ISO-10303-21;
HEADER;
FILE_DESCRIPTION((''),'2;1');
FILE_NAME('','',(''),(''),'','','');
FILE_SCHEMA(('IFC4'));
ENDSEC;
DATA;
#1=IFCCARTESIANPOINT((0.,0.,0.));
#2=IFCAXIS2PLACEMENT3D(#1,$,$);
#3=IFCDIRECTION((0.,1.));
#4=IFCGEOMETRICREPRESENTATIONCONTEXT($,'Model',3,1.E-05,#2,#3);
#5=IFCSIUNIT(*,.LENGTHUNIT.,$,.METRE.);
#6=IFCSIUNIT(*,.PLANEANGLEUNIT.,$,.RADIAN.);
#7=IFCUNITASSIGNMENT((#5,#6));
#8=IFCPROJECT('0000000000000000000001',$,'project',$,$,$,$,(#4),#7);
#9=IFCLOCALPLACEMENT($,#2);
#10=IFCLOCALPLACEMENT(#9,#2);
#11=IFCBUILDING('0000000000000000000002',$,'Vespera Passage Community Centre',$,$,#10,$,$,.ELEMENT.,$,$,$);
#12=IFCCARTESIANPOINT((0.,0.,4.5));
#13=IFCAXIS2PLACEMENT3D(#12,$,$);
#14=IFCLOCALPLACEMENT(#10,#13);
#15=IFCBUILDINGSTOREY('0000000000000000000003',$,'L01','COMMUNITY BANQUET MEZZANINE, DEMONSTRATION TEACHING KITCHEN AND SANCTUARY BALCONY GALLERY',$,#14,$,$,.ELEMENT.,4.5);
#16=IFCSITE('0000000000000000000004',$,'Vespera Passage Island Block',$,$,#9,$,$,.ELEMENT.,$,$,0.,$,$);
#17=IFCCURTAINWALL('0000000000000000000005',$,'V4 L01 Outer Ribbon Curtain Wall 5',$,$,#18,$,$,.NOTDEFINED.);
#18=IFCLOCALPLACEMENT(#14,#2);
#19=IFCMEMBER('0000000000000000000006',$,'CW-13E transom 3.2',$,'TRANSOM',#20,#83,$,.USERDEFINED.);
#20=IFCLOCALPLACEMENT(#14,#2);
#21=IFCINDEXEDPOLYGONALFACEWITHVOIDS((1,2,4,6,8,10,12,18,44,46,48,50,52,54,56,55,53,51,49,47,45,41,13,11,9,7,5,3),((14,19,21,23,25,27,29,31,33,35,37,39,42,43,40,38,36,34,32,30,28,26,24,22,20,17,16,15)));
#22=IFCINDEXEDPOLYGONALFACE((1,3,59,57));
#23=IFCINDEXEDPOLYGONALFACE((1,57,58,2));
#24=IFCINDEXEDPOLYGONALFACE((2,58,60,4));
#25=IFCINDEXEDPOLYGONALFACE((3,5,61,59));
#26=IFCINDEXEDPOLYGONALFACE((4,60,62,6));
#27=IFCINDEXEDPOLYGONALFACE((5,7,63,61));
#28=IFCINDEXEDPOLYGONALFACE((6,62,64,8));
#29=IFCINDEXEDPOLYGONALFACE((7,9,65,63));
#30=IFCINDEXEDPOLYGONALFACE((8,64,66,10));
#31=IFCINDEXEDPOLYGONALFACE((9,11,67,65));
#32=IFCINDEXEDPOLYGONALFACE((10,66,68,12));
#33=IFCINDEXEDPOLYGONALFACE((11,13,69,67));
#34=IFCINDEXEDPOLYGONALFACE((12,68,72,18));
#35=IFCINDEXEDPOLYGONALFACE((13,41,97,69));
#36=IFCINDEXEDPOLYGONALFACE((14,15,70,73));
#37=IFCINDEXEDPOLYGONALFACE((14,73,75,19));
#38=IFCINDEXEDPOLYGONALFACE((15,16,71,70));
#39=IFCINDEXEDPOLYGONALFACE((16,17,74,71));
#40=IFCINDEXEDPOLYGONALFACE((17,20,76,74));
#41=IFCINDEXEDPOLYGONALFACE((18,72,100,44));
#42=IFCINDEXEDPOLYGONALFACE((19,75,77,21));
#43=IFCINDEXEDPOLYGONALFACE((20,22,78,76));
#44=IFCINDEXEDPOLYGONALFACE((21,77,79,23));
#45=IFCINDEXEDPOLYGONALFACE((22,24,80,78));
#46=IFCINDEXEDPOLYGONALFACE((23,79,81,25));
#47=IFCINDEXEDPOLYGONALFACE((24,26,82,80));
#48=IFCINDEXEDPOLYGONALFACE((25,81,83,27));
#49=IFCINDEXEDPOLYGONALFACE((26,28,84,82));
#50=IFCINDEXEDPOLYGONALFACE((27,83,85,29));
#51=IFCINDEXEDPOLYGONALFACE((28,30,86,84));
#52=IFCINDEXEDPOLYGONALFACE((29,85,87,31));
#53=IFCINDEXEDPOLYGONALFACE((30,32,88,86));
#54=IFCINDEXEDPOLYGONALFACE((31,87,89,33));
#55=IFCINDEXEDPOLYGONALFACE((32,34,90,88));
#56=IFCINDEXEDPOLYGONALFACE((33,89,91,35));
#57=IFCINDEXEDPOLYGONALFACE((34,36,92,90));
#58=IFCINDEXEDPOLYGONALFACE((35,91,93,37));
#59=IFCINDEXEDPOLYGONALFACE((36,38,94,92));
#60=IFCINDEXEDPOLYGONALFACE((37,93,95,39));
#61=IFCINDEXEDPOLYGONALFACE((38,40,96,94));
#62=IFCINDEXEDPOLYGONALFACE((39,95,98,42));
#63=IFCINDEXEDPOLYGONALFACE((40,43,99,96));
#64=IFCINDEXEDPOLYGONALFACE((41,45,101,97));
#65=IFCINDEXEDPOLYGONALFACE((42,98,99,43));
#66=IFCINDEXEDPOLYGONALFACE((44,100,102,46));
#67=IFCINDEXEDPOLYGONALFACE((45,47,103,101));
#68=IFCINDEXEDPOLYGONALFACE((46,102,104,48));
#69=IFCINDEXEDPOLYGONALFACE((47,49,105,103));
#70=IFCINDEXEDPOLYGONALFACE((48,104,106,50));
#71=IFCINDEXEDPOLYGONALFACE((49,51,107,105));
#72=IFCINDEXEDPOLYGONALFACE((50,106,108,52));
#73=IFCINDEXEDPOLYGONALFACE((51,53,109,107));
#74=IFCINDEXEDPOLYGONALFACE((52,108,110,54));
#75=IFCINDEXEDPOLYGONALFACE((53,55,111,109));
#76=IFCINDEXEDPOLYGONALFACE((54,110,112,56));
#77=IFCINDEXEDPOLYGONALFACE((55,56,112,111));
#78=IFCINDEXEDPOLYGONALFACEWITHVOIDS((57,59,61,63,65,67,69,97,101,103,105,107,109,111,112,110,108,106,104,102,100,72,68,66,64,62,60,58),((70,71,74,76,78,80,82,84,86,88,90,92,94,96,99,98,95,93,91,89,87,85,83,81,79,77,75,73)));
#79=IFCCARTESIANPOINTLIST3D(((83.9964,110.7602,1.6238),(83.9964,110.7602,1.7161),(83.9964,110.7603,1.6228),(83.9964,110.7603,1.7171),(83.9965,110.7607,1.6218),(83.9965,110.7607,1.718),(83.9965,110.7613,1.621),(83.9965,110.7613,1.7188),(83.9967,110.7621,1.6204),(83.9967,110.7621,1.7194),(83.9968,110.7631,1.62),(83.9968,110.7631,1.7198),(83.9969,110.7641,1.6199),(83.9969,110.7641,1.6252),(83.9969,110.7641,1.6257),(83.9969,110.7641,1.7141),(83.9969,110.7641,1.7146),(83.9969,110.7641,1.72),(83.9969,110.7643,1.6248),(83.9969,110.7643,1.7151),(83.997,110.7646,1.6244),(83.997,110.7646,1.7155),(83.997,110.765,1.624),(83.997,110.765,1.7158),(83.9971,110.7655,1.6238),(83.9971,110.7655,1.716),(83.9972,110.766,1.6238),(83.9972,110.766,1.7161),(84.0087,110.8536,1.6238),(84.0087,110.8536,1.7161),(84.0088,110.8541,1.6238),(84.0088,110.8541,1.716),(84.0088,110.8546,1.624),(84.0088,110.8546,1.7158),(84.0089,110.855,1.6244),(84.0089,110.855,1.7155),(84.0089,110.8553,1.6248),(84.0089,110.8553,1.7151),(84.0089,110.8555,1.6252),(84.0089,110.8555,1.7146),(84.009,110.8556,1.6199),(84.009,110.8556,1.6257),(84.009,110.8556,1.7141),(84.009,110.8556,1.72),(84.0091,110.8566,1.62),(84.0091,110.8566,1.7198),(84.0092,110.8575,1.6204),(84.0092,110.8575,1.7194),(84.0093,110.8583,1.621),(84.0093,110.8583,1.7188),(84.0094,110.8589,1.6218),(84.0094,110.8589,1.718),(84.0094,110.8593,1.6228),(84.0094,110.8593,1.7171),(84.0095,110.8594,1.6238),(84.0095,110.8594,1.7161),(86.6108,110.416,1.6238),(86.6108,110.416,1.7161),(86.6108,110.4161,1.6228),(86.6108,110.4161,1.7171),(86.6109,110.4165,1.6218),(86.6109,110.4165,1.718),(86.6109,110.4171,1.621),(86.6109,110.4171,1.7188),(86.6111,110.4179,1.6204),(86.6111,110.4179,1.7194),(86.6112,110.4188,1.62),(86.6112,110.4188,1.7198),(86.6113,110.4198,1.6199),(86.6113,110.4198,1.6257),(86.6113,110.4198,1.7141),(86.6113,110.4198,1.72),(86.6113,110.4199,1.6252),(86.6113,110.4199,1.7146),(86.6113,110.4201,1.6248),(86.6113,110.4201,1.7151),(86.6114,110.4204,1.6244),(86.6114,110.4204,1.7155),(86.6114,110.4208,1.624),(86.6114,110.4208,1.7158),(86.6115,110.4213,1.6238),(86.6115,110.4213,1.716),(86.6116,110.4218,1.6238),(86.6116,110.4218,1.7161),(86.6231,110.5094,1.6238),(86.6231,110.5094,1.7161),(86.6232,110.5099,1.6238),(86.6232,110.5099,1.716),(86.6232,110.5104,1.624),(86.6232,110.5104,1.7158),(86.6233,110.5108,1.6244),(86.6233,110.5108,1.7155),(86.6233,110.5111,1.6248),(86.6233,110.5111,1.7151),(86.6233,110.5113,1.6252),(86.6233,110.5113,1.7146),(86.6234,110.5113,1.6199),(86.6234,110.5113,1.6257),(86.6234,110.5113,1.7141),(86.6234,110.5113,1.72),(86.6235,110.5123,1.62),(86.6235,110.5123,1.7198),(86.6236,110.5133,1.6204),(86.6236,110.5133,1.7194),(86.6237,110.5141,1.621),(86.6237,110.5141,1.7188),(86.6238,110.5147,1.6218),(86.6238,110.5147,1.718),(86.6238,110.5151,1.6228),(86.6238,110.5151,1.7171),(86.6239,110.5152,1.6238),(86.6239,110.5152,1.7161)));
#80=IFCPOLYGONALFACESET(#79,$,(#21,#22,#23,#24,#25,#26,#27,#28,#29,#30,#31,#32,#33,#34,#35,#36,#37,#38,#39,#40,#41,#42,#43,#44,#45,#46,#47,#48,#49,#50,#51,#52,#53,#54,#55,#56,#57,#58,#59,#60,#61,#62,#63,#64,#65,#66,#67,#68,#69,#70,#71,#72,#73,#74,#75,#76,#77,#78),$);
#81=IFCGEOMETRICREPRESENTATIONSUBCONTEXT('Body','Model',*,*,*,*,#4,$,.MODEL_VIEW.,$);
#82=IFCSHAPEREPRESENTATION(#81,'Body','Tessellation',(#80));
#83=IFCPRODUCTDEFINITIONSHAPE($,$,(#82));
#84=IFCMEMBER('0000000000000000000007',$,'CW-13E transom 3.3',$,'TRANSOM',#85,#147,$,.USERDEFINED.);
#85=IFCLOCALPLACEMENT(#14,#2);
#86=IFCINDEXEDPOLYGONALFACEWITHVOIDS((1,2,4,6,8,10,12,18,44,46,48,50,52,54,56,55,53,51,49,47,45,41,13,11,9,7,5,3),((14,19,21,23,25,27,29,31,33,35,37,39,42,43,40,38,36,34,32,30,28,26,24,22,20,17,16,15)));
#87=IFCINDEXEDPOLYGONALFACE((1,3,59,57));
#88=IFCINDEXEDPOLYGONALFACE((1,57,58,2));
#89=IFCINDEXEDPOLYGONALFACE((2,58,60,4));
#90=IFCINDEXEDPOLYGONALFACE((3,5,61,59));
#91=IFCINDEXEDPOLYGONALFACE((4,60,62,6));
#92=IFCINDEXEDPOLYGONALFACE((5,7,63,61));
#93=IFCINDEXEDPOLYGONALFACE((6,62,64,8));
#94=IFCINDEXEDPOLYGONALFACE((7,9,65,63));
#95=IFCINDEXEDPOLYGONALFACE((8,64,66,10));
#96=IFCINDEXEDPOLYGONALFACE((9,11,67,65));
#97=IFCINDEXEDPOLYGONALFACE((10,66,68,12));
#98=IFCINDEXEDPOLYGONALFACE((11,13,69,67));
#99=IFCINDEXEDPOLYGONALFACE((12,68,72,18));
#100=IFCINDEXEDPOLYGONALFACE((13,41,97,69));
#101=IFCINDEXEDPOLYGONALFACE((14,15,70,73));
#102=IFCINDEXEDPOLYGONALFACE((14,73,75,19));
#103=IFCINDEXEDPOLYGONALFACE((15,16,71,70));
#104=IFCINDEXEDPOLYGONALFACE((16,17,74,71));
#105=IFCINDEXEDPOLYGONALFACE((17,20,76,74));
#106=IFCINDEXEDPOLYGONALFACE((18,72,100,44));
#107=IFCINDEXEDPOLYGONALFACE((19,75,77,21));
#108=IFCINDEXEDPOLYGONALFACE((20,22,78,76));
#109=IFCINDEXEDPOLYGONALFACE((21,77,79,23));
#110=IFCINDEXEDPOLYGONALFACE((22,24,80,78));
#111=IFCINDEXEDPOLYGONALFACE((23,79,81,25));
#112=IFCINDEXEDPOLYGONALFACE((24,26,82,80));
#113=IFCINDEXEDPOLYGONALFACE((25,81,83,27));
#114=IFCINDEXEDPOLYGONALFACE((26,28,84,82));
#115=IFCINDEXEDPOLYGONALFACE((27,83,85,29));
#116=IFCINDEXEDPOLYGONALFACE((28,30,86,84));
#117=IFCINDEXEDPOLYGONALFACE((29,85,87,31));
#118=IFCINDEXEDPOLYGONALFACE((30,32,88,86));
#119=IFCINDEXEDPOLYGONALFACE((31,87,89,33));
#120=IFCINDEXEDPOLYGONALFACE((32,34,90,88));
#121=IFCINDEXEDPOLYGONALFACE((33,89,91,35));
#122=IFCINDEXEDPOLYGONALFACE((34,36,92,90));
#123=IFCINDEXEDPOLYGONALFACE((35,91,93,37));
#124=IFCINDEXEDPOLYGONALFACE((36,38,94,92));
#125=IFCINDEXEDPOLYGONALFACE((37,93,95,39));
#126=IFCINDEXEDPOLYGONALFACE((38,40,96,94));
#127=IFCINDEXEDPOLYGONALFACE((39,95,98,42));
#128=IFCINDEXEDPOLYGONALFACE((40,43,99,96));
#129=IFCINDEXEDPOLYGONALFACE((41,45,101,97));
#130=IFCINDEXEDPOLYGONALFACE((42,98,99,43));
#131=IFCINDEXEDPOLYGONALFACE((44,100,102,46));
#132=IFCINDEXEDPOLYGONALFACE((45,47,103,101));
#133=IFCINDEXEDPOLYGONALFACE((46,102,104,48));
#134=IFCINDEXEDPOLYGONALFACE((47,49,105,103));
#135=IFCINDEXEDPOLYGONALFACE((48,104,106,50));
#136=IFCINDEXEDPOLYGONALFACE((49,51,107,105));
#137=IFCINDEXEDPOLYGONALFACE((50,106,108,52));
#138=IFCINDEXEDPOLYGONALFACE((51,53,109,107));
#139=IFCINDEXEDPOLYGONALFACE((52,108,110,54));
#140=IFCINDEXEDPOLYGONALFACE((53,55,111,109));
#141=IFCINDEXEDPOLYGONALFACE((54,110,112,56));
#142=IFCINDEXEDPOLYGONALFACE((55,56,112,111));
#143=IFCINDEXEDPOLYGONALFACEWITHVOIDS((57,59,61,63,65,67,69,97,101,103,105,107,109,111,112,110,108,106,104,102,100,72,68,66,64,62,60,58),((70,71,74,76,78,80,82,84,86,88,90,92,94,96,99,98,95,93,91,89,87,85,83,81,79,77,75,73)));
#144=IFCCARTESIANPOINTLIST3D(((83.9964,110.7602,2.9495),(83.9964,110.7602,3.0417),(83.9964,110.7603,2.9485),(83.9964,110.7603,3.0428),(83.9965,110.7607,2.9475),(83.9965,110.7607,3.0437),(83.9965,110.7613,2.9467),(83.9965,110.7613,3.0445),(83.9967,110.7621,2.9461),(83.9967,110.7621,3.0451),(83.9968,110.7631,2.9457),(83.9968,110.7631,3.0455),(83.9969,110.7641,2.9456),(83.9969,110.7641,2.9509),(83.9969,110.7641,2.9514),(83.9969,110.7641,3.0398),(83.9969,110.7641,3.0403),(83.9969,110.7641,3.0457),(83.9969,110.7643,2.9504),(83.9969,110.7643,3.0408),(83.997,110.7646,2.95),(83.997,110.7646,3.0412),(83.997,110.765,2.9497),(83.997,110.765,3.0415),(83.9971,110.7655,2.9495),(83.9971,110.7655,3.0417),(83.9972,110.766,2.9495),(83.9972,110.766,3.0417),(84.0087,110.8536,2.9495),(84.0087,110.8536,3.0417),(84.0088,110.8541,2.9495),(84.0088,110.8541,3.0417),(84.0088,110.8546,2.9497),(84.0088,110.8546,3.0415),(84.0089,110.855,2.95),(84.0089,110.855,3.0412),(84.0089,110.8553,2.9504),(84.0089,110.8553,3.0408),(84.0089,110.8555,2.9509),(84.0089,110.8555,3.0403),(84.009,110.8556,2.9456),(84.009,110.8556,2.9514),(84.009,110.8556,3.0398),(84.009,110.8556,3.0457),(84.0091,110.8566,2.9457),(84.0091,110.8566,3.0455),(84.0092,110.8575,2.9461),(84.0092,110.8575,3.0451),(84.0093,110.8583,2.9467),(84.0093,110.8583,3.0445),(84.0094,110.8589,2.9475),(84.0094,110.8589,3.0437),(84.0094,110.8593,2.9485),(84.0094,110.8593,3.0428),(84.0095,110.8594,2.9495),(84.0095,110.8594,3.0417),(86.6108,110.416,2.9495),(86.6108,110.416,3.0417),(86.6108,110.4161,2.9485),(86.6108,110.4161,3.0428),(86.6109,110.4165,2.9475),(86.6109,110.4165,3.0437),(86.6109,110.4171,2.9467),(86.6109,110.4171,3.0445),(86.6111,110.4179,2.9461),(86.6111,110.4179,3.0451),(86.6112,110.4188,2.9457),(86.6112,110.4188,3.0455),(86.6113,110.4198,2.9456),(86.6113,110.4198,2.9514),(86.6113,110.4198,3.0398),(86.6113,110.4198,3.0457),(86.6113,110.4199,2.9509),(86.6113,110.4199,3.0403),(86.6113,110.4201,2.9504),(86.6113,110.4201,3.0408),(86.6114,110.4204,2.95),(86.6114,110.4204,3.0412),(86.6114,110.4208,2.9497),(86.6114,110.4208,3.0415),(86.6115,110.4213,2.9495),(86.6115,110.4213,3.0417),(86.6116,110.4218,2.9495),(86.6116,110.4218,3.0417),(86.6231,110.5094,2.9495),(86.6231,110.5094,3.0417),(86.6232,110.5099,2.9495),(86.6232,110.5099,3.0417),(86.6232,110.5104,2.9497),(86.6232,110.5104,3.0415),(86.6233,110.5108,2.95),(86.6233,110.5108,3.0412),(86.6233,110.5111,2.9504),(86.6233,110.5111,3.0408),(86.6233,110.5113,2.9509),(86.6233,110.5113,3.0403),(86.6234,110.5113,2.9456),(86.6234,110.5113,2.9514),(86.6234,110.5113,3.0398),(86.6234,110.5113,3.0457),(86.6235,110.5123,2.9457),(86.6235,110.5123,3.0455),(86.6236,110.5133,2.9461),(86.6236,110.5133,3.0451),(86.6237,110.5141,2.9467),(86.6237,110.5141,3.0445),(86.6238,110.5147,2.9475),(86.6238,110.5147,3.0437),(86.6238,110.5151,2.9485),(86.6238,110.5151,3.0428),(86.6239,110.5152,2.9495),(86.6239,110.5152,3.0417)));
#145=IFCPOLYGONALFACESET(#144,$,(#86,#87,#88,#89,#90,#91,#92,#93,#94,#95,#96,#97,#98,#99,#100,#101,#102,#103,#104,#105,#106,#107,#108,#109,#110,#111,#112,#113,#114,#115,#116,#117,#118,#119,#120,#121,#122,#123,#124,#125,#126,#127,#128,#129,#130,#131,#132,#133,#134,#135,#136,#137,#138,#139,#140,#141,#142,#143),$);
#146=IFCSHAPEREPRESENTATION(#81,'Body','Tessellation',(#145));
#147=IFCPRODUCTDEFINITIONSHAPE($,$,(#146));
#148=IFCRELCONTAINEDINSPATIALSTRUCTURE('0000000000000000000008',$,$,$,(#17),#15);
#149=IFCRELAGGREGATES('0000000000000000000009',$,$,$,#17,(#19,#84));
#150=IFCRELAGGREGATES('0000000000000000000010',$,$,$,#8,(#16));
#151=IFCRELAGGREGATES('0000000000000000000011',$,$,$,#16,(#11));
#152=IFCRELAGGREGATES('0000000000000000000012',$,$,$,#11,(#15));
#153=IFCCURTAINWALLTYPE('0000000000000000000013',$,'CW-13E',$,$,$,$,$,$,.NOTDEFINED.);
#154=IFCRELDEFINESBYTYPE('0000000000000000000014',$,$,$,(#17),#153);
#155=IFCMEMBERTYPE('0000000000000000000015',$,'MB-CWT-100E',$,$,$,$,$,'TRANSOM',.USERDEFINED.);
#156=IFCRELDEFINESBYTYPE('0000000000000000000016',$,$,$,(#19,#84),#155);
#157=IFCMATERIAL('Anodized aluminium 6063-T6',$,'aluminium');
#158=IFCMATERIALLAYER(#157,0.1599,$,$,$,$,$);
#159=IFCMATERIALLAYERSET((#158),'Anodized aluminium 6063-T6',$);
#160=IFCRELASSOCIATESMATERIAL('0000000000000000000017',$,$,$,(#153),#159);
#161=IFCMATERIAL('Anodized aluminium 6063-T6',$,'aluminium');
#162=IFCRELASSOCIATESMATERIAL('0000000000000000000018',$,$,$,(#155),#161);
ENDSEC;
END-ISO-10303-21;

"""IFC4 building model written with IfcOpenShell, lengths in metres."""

from ifc_helpers import new_model, si_unit, direction, frame, origin, origin_2d, place, context, subcontext, project, spatial, hollow_rectangle, extrude, material, layer, layer_set, material_profile, profile_set, type_object, element, aggregate, save


model = new_model("IFC4")

# Units and contexts
model_context = context("Model", 3, precision=1e-05, world=origin(), true_north=direction((0.0, 1.0)))
body_context = subcontext(model_context, "Body", "Model", "MODEL_VIEW")
ifc_project = project(units=[si_unit("LENGTHUNIT", "METRE"), si_unit("PLANEANGLEUNIT", "RADIAN")], contexts=[model_context])

# Site, building, storey
site_placement = place(None, origin())
site = spatial("IfcSite", under=ifc_project, at=site_placement, Name="Vespera Passage Island Block", CompositionType="ELEMENT", RefElevation=0.0)
building_placement = place(site_placement, origin())
building = spatial("IfcBuilding", under=site, at=building_placement, Name="Vespera Passage Community Centre", CompositionType="ELEMENT")
storey_placement = place(building_placement, frame((0.0, 0.0, 4.5)))
storey = spatial("IfcBuildingStorey", under=building, at=storey_placement, Name="L01", Description="COMMUNITY BANQUET MEZZANINE, DEMONSTRATION TEACHING KITCHEN AND SANCTUARY BALCONY GALLERY", CompositionType="ELEMENT", Elevation=4.5)

# Curtain wall, members
ifc_material_1 = material(Name="Anodized aluminium 6063-T6", Category="aluminium")
ifc_layer_1 = layer(ifc_material_1, 0.1599)
ifc_layer_set_1 = layer_set([ifc_layer_1], Name="Anodized aluminium 6063-T6")
curtain_wall_type_1 = type_object("IfcCurtainWallType", Name="CW-13E", PredefinedType="NOTDEFINED", material=ifc_layer_set_1)
curtain_wall_1_placement = place(storey_placement, origin())
curtain_wall_1 = element("IfcCurtainWall", 1, at=curtain_wall_1_placement, inside=storey, type_object=curtain_wall_type_1, Name="V4 L01 Outer Ribbon Curtain Wall 5", PredefinedType="NOTDEFINED")
ifc_material_2 = material(Name="Anodized aluminium 6063-T6", Category="aluminium")
ifc_material_profile_1 = material_profile(ifc_material_2, hollow_rectangle(XDim=0.1001, YDim=0.1001, WallThickness=0.0039, InnerFilletRadius=0.002, OuterFilletRadius=0.0039, at=origin_2d()), Name="ALU100X100X4")
ifc_profile_set_1 = profile_set([ifc_material_profile_1], Name="Anodized aluminium 6063-T6")
member_type_1 = type_object("IfcMemberType", Name="MB-CWT-100E", ElementType="TRANSOM", PredefinedType="USERDEFINED", material=ifc_profile_set_1)
member_1_placement = place(storey_placement, frame((84.0029, 110.8098, 1.6699), z_axis=(0.991443, -0.130538, 0.0), x_axis=(0.130538, 0.991443, 0.0)))
member_1 = element("IfcMember", 2, at=member_1_placement, type_object=member_type_1, Name="CW-13E transom 3.2", ObjectType="TRANSOM", PredefinedType="USERDEFINED", context=body_context, shape_type="SweptSolid", body=[
    extrude(hollow_rectangle(XDim=0.1001, YDim=0.1001, WallThickness=0.0039, InnerFilletRadius=0.002, OuterFilletRadius=0.0039, at=origin_2d()), origin(), (0.0, 0.0, 1.0), 2.637),
])
member_2_placement = place(storey_placement, frame((84.0029, 110.8098, 2.9956), z_axis=(0.991443, -0.130538, 0.0), x_axis=(0.130538, 0.991443, 0.0)))
member_2 = element("IfcMember", 3, at=member_2_placement, type_object=member_type_1, Name="CW-13E transom 3.3", ObjectType="TRANSOM", PredefinedType="USERDEFINED", context=body_context, shape_type="SweptSolid", body=[
    extrude(hollow_rectangle(XDim=0.1001, YDim=0.1001, WallThickness=0.0039, InnerFilletRadius=0.002, OuterFilletRadius=0.0039, at=origin_2d()), origin(), (0.0, 0.0, 1.0), 2.637),
])

aggregate(curtain_wall_1, [member_1, member_2])

save(model, "model.ifc")
